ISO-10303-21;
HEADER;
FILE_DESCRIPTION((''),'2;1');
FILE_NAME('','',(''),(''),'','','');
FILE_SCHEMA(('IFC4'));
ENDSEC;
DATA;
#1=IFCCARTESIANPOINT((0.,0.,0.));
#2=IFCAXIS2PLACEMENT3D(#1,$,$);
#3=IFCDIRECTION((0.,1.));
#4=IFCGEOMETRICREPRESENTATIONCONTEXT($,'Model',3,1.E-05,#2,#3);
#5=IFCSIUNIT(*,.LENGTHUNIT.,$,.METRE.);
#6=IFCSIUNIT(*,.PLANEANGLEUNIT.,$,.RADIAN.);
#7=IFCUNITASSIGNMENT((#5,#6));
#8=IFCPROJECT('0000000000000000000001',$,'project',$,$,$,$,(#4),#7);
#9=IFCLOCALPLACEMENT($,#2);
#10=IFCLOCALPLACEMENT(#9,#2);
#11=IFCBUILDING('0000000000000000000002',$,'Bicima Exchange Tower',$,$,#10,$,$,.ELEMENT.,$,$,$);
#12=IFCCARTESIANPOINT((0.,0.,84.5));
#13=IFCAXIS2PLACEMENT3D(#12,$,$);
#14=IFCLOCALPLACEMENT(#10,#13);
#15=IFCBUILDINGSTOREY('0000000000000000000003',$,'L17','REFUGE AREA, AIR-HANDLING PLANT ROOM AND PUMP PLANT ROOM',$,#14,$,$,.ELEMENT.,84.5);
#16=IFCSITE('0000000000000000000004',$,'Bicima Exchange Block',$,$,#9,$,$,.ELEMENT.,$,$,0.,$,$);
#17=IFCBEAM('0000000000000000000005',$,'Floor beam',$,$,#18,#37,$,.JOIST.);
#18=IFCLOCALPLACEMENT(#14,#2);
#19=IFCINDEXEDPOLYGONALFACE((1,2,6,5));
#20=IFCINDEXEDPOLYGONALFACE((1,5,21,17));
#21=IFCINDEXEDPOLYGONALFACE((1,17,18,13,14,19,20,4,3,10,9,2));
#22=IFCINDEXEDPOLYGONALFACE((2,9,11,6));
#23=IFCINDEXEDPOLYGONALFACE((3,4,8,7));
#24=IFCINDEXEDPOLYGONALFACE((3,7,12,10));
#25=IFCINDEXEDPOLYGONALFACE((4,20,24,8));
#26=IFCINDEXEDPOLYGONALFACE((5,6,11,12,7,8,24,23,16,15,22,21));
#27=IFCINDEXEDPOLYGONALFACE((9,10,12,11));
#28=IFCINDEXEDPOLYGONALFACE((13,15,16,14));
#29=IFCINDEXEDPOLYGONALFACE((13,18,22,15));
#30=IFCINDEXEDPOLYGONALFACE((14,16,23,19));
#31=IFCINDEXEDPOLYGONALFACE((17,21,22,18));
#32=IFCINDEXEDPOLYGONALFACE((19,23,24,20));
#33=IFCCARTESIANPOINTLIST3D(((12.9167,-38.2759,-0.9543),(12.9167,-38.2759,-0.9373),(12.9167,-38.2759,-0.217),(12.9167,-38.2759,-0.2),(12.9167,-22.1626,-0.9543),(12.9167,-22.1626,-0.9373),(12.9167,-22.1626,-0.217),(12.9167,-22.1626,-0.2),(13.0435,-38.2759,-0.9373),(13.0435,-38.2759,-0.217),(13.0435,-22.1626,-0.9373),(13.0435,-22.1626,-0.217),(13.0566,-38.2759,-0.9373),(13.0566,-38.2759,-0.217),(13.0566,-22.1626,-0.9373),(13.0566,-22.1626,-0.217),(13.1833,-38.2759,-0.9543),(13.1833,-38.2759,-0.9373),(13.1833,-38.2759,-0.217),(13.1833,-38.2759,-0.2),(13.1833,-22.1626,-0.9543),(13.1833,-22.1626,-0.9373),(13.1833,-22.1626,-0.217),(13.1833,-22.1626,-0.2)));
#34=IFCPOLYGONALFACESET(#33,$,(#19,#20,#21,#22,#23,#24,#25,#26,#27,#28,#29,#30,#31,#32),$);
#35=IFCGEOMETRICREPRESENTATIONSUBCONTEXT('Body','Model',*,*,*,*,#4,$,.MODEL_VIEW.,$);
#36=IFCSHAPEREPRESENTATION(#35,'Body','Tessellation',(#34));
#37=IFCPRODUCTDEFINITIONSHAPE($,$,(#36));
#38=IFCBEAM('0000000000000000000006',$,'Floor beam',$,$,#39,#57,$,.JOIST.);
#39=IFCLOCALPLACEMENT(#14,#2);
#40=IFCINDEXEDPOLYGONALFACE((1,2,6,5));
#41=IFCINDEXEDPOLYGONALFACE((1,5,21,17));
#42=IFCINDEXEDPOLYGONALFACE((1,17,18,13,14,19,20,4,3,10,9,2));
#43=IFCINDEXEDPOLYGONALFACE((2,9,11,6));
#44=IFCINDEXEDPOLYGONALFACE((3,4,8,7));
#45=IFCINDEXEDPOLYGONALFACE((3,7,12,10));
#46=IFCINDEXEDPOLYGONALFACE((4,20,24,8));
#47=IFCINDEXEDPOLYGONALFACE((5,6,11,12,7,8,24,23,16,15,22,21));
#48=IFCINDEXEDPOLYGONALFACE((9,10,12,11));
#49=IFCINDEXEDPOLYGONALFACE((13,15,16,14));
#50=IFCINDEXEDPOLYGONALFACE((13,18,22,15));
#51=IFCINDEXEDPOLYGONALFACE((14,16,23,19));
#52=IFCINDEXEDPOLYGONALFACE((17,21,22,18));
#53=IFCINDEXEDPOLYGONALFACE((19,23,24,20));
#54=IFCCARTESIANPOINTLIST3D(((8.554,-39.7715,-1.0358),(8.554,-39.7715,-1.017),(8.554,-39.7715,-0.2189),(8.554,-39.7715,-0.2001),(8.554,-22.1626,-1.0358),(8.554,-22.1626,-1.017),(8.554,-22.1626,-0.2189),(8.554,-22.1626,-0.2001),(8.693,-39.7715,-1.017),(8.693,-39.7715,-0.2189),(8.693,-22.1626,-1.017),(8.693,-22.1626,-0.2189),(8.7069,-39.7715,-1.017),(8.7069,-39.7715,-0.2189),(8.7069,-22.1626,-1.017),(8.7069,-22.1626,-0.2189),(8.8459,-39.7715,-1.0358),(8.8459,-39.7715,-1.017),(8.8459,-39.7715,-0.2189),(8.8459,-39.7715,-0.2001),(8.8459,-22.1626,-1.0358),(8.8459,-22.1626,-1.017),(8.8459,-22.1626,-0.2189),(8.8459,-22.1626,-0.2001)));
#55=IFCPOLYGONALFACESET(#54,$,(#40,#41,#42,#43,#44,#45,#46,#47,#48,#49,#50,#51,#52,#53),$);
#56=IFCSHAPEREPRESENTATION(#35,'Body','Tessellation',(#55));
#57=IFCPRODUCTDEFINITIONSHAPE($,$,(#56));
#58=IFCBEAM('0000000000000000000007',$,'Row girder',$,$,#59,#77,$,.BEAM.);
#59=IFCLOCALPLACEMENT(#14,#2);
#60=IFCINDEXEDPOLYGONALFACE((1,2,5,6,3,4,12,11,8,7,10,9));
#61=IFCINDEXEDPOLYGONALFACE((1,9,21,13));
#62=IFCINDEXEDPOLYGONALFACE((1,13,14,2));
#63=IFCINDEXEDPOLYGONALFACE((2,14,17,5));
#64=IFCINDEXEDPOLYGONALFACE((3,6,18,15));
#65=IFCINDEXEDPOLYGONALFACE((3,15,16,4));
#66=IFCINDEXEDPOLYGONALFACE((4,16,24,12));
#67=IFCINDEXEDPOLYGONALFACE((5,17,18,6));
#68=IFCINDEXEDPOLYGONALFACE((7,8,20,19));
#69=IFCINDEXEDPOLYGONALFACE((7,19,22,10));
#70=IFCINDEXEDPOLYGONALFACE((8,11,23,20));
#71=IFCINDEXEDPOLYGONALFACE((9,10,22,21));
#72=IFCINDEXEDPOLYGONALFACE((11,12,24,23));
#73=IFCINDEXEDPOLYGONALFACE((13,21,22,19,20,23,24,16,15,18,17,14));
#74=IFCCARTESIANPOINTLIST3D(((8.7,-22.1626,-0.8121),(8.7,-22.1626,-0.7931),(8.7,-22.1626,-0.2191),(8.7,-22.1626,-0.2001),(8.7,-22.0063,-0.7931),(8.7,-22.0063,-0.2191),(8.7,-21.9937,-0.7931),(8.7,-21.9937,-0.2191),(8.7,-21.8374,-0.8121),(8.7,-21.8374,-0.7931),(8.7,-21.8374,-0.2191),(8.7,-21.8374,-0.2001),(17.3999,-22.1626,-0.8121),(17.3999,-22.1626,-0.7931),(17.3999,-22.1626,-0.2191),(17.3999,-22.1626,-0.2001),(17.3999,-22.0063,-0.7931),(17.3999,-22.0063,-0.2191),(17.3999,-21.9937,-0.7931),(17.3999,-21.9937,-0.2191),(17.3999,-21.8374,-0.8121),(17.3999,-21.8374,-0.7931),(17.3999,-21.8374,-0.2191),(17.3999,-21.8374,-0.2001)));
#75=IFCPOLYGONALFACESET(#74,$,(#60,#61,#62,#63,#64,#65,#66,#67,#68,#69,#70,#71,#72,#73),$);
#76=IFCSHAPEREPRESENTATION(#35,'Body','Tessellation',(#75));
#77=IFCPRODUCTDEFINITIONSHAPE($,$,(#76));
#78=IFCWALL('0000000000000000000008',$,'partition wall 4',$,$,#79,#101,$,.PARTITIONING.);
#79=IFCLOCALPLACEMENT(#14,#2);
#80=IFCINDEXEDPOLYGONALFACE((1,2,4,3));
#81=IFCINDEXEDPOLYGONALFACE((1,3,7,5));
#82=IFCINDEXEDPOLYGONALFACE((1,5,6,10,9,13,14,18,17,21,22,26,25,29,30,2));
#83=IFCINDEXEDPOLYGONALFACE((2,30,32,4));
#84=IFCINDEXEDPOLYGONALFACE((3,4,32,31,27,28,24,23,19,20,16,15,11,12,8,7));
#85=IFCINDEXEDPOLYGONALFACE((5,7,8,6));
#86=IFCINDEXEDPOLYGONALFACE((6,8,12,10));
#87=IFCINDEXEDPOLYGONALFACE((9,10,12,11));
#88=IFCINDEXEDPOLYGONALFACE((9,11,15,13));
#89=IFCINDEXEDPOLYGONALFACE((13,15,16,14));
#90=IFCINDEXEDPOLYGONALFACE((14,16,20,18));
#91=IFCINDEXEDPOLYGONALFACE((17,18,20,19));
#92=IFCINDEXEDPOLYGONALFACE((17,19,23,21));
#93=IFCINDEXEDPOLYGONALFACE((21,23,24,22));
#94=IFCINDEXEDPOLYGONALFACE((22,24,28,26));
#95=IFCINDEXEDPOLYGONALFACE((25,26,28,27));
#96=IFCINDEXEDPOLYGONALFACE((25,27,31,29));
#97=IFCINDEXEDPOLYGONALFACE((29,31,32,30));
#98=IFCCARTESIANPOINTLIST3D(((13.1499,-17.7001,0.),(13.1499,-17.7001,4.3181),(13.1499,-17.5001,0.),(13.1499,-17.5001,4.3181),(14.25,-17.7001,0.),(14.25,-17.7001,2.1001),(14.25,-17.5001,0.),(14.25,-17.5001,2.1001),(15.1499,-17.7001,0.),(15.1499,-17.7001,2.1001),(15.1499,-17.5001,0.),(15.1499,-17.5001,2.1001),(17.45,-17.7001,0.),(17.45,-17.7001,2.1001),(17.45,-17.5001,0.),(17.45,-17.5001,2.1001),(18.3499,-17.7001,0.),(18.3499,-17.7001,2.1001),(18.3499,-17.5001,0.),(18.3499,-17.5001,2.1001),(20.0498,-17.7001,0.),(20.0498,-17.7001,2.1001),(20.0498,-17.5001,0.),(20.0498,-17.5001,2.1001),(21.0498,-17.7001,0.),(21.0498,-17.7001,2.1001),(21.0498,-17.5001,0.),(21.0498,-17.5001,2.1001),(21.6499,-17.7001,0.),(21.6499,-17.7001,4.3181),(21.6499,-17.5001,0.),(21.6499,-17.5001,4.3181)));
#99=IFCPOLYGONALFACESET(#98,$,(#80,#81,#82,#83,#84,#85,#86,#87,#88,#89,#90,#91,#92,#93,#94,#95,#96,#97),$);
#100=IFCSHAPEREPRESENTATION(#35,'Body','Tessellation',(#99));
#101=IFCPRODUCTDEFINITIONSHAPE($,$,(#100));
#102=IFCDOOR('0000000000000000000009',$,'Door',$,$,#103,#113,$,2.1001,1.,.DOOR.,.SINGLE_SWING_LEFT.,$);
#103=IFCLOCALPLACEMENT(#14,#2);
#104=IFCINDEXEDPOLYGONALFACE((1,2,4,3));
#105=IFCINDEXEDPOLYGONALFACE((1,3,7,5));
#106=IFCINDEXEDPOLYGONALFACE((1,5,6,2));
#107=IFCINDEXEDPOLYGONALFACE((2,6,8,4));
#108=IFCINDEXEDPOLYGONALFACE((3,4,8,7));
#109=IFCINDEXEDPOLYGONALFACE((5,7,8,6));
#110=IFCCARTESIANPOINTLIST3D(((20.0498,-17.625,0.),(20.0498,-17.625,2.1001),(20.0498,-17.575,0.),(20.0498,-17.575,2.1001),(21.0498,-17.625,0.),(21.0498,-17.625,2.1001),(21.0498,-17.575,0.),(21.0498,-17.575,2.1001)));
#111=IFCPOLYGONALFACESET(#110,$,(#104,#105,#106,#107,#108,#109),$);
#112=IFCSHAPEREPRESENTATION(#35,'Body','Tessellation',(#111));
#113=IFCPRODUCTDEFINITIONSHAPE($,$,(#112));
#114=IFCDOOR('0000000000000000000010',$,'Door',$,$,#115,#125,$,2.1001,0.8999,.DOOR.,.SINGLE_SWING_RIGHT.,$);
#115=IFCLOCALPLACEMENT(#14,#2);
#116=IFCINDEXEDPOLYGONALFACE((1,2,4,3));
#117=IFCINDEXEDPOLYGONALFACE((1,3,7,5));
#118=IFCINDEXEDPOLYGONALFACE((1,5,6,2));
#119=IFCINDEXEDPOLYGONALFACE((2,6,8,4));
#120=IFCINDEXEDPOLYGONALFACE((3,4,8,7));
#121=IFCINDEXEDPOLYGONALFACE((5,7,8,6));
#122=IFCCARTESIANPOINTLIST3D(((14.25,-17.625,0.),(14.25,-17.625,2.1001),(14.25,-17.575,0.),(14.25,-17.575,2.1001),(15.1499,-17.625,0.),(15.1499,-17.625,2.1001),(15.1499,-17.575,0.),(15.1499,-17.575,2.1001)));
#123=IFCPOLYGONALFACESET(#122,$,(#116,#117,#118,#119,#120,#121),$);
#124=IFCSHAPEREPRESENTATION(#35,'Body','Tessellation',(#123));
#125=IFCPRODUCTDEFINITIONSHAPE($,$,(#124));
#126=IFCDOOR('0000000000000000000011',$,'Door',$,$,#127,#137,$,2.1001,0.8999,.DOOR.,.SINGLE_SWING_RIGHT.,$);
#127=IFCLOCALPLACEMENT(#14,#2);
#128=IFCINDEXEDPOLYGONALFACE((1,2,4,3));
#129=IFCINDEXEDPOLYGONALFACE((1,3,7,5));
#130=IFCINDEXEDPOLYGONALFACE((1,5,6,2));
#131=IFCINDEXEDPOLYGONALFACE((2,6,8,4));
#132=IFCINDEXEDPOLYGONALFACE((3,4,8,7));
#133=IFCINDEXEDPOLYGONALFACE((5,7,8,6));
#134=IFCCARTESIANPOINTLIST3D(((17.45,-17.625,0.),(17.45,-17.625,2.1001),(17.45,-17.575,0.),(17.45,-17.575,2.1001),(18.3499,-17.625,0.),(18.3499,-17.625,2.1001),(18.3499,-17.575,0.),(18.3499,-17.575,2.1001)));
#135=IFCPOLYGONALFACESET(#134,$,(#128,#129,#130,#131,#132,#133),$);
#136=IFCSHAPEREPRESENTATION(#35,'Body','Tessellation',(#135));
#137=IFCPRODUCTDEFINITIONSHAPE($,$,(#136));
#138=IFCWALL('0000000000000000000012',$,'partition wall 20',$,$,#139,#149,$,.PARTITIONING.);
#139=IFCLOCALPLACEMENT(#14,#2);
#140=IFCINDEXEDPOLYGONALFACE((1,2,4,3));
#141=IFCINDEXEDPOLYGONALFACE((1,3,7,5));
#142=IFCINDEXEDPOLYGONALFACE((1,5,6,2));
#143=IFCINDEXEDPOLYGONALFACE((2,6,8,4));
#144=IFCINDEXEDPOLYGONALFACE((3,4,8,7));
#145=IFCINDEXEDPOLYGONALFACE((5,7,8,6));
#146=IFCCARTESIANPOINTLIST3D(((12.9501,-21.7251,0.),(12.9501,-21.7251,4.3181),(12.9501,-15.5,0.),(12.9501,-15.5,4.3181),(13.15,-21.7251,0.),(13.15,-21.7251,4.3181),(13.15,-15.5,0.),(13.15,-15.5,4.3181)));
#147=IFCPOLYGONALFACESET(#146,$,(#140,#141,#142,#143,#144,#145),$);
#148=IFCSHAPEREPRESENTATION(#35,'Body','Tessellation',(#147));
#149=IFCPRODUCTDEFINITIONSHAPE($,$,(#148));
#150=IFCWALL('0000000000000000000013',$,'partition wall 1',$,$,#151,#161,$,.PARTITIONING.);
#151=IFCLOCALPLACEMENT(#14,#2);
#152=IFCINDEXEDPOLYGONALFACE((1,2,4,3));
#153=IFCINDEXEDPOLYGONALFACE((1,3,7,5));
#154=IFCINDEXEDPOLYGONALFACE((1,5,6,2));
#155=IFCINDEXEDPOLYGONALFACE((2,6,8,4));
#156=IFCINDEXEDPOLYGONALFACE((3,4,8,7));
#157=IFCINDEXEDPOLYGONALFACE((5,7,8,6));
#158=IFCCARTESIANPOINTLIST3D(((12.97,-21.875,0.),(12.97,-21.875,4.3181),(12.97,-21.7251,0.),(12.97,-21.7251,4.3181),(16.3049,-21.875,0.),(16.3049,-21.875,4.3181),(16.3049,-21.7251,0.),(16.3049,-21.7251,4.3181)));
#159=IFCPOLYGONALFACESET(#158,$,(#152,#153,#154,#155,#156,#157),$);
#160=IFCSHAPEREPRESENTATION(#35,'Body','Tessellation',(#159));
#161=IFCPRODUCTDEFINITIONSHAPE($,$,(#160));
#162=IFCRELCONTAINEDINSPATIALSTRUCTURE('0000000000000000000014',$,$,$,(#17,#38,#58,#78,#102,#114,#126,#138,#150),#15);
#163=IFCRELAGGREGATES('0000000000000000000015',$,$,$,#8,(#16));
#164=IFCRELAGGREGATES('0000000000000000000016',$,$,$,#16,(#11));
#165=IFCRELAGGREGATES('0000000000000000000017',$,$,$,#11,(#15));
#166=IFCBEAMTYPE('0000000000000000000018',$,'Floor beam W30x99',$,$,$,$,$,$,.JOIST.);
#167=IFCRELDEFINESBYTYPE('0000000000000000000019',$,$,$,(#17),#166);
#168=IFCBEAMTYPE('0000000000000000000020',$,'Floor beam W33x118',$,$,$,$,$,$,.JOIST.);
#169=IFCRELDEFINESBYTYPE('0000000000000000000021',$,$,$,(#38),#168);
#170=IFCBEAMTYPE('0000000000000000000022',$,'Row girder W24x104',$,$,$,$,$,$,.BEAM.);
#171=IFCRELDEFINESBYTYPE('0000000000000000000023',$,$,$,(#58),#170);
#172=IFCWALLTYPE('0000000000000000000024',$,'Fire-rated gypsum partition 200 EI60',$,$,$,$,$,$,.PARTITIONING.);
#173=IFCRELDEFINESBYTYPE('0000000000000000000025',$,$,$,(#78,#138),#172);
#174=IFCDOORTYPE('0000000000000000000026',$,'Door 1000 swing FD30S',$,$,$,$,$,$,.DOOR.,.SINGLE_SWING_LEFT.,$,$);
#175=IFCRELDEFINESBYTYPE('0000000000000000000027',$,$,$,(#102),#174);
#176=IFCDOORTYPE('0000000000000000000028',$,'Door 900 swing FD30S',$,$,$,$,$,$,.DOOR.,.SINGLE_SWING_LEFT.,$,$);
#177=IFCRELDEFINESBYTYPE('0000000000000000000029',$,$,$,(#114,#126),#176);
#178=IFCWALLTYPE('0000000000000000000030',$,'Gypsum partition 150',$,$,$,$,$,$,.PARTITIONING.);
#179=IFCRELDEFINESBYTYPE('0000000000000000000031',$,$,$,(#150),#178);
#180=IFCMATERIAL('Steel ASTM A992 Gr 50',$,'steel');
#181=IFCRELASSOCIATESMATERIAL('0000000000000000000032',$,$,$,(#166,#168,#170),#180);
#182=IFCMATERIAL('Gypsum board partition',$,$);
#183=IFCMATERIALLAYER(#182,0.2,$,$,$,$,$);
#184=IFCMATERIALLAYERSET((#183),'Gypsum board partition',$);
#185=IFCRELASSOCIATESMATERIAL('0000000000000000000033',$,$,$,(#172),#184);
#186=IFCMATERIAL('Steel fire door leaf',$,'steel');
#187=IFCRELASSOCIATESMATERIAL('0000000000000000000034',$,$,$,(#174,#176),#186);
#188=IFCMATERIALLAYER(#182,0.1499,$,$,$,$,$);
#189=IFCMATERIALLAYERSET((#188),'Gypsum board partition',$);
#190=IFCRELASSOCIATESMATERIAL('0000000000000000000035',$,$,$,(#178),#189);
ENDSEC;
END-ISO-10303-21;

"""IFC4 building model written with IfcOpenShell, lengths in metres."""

from ifc_helpers import new_model, si_unit, direction, frame, frame_2d, origin, origin_2d, place, context, subcontext, project, spatial, rectangle, i_section, extrude, material, layer, layer_set, material_profile, profile_set, type_object, element, fill, save


model = new_model("IFC4")

# Units and contexts
model_context = context("Model", 3, precision=1e-05, world=origin(), true_north=direction((0.0, 1.0)))
body_context = subcontext(model_context, "Body", "Model", "MODEL_VIEW")
ifc_project = project(units=[si_unit("LENGTHUNIT", "METRE"), si_unit("PLANEANGLEUNIT", "RADIAN")], contexts=[model_context])

# Site, building, storey
site_placement = place(None, origin())
site = spatial("IfcSite", under=ifc_project, at=site_placement, Name="Bicima Exchange Block", CompositionType="ELEMENT", RefElevation=0.0)
building_placement = place(site_placement, origin())
building = spatial("IfcBuilding", under=site, at=building_placement, Name="Bicima Exchange Tower", CompositionType="ELEMENT")
storey_placement = place(building_placement, frame((0.0, 0.0, 84.5)))
storey = spatial("IfcBuildingStorey", under=building, at=storey_placement, Name="L17", Description="REFUGE AREA, AIR-HANDLING PLANT ROOM AND PUMP PLANT ROOM", CompositionType="ELEMENT", Elevation=84.5)

# Shared definitions
ifc_material_1 = material(Name="Steel ASTM A992 Gr 50", Category="steel")

# Beams
ifc_material_profile_1 = material_profile(ifc_material_1, i_section(OverallWidth=0.2666, OverallDepth=0.7544, WebThickness=0.0132, FlangeThickness=0.0171, at=origin_2d()))
ifc_profile_set_1 = profile_set([ifc_material_profile_1], Name="Steel ASTM A992 Gr 50")
beam_type_1 = type_object("IfcBeamType", Name="Floor beam W30x99", PredefinedType="JOIST", material=ifc_profile_set_1)
for number, where, z_axis, x_axis, name in (
    (1, (13.05, -22.1626, -0.5771), (0.0, -1.0, 0.0), (1.0, 0.0, 0.0), "Floor beam"),
):
    element("IfcBeam", number, at=place(storey_placement, frame(where, z_axis=z_axis, x_axis=x_axis)), inside=storey, type_object=beam_type_1, Name=name, PredefinedType="JOIST", context=body_context, shape_type="SweptSolid", body=[
        extrude(i_section(OverallWidth=0.2666, OverallDepth=0.7544, WebThickness=0.0132, FlangeThickness=0.0171, at=origin_2d()), origin(), (0.0, 0.0, 1.0), 16.1133),
    ])
ifc_material_profile_2 = material_profile(ifc_material_1, i_section(OverallWidth=0.292, OverallDepth=0.8357, WebThickness=0.0139, FlangeThickness=0.0188, at=origin_2d()))
ifc_profile_set_2 = profile_set([ifc_material_profile_2], Name="Steel ASTM A992 Gr 50")
beam_type_2 = type_object("IfcBeamType", Name="Floor beam W33x118", PredefinedType="JOIST", material=ifc_profile_set_2)
beam_1_placement = place(storey_placement, frame((8.7, -22.1626, -0.6179), z_axis=(0.0, -1.0, 0.0), x_axis=(1.0, 0.0, 0.0)))
element("IfcBeam", 2, at=beam_1_placement, inside=storey, type_object=beam_type_2, Name="Floor beam", PredefinedType="JOIST", context=body_context, shape_type="SweptSolid", body=[
    extrude(i_section(OverallWidth=0.292, OverallDepth=0.8357, WebThickness=0.0139, FlangeThickness=0.0188, at=origin_2d()), origin(), (0.0, 0.0, 1.0), 17.6089),
])
ifc_material_profile_3 = material_profile(ifc_material_1, i_section(OverallWidth=0.3252, OverallDepth=0.6121, WebThickness=0.0127, FlangeThickness=0.019, at=origin_2d()))
ifc_profile_set_3 = profile_set([ifc_material_profile_3], Name="Steel ASTM A992 Gr 50")
beam_type_3 = type_object("IfcBeamType", Name="Row girder W24x104", PredefinedType="BEAM", material=ifc_profile_set_3)
beam_2_placement = place(storey_placement, frame((8.7, -22.0, -0.5061), z_axis=(1.0, 0.0, 0.0), x_axis=(0.0, 1.0, 0.0)))
element("IfcBeam", 3, at=beam_2_placement, inside=storey, type_object=beam_type_3, Name="Row girder", PredefinedType="BEAM", context=body_context, shape_type="SweptSolid", body=[
    extrude(i_section(OverallWidth=0.3252, OverallDepth=0.6121, WebThickness=0.0127, FlangeThickness=0.019, at=origin_2d()), origin(), (0.0, 0.0, 1.0), 8.7),
])

# Wall, openings, doors
ifc_material_2 = material(Name="Gypsum board partition")
ifc_layer_1 = layer(ifc_material_2, 0.2)
ifc_layer_set_1 = layer_set([ifc_layer_1], Name="Gypsum board partition")
wall_type_1 = type_object("IfcWallType", Name="Fire-rated gypsum partition 200 EI60", PredefinedType="PARTITIONING", material=ifc_layer_set_1)
wall_1_placement = place(storey_placement, frame((13.1499, -17.6001, 0.0), z_axis=(0.0, 0.0, 1.0), x_axis=(1.0, 0.0, 0.0)))
wall_1 = element("IfcWall", 4, at=wall_1_placement, inside=storey, type_object=wall_type_1, Name="partition wall 4", PredefinedType="PARTITIONING", context=body_context, shape_type="SweptSolid", body=[
    extrude(rectangle(XDim=8.5, YDim=0.2, at=frame_2d((4.25, 0.0))), origin(), (0.0, 0.0, 1.0), 4.3181),
])
opening_1_placement = place(wall_1_placement, frame((1.1001, 0.0, 0.0)))
opening_1 = element("IfcOpeningElement", 5, at=opening_1_placement, cuts=wall_1, PredefinedType="OPENING", context=body_context, shape_type="SweptSolid", body=[
    extrude(rectangle(XDim=0.8999, YDim=2.1001, at=frame_2d((0.45, 1.05))), frame((0.0, 0.1118, 0.0), z_axis=(0.0, -1.0, 0.0), x_axis=(1.0, 0.0, 0.0)), (0.0, 0.0, 1.0), 0.2239),
])
opening_2_placement = place(wall_1_placement, frame((4.3, 0.0, 0.0)))
opening_2 = element("IfcOpeningElement", 6, at=opening_2_placement, cuts=wall_1, PredefinedType="OPENING", context=body_context, shape_type="SweptSolid", body=[
    extrude(rectangle(XDim=0.8999, YDim=2.1001, at=frame_2d((0.45, 1.05))), frame((0.0, 0.1118, 0.0), z_axis=(0.0, -1.0, 0.0), x_axis=(1.0, 0.0, 0.0)), (0.0, 0.0, 1.0), 0.2239),
])
opening_3_placement = place(wall_1_placement, frame((6.8999, 0.0, 0.0)))
opening_3 = element("IfcOpeningElement", 7, at=opening_3_placement, cuts=wall_1, PredefinedType="OPENING", context=body_context, shape_type="SweptSolid", body=[
    extrude(rectangle(XDim=1.0, YDim=2.1001, at=frame_2d((0.5, 1.05))), frame((0.0, 0.1118, 0.0), z_axis=(0.0, -1.0, 0.0), x_axis=(1.0, 0.0, 0.0)), (0.0, 0.0, 1.0), 0.2239),
])
ifc_material_3 = material(Name="Steel fire door leaf", Category="steel")
door_type_1 = type_object("IfcDoorType", Name="Door 1000 swing FD30S", OperationType="SINGLE_SWING_LEFT", PredefinedType="DOOR", material=ifc_material_3)
door_1_placement = place(opening_3_placement, frame((1.0, 0.0, 0.0), z_axis=(0.0, 0.0, 1.0), x_axis=(-1.0, 0.0, 0.0)))
door_1 = element("IfcDoor", 8, at=door_1_placement, inside=storey, type_object=door_type_1, Name="Door", OperationType="SINGLE_SWING_LEFT", OverallHeight=2.1001, OverallWidth=1.0, PredefinedType="DOOR", context=body_context, shape_type="SweptSolid", body=[
    extrude(rectangle(XDim=1.0, YDim=2.1001, at=frame_2d((0.5, 1.05))), frame((0.0, 0.0249, 0.0), z_axis=(0.0, -1.0, 0.0), x_axis=(1.0, 0.0, 0.0)), (0.0, 0.0, 1.0), 0.05),
])
fill(opening_3, door_1)
door_type_2 = type_object("IfcDoorType", Name="Door 900 swing FD30S", OperationType="SINGLE_SWING_LEFT", PredefinedType="DOOR", material=ifc_material_3)
door_2_placement = place(opening_1_placement, frame((0.8999, 0.0, 0.0), z_axis=(0.0, 0.0, 1.0), x_axis=(-1.0, 0.0, 0.0)))
door_2 = element("IfcDoor", 9, at=door_2_placement, inside=storey, type_object=door_type_2, Name="Door", OperationType="SINGLE_SWING_RIGHT", OverallHeight=2.1001, OverallWidth=0.8999, PredefinedType="DOOR", context=body_context, shape_type="SweptSolid", body=[
    extrude(rectangle(XDim=0.8999, YDim=2.1001, at=frame_2d((0.45, 1.05))), frame((0.0, 0.0249, 0.0), z_axis=(0.0, -1.0, 0.0), x_axis=(1.0, 0.0, 0.0)), (0.0, 0.0, 1.0), 0.05),
])
fill(opening_1, door_2)
door_3_placement = place(opening_2_placement, frame((0.8999, 0.0, 0.0), z_axis=(0.0, 0.0, 1.0), x_axis=(-1.0, 0.0, 0.0)))
door_3 = element("IfcDoor", 10, at=door_3_placement, inside=storey, type_object=door_type_2, Name="Door", OperationType="SINGLE_SWING_RIGHT", OverallHeight=2.1001, OverallWidth=0.8999, PredefinedType="DOOR", context=body_context, shape_type="SweptSolid", body=[
    extrude(rectangle(XDim=0.8999, YDim=2.1001, at=frame_2d((0.45, 1.05))), frame((0.0, 0.0249, 0.0), z_axis=(0.0, -1.0, 0.0), x_axis=(1.0, 0.0, 0.0)), (0.0, 0.0, 1.0), 0.05),
])
fill(opening_2, door_3)

# Walls
wall_2_placement = place(storey_placement, frame((13.05, -21.7251, 0.0), z_axis=(0.0, 0.0, 1.0), x_axis=(0.0, 1.0, 0.0)))
element("IfcWall", 11, at=wall_2_placement, inside=storey, type_object=wall_type_1, Name="partition wall 20", PredefinedType="PARTITIONING", context=body_context, shape_type="SweptSolid", body=[
    extrude(rectangle(XDim=6.2251, YDim=0.2, at=frame_2d((3.1125, 0.0))), origin(), (0.0, 0.0, 1.0), 4.3181),
])
ifc_layer_2 = layer(ifc_material_2, 0.1499)
ifc_layer_set_2 = layer_set([ifc_layer_2], Name="Gypsum board partition")
wall_type_2 = type_object("IfcWallType", Name="Gypsum partition 150", PredefinedType="PARTITIONING", material=ifc_layer_set_2)
wall_3_placement = place(storey_placement, frame((12.97, -21.8, 0.0), z_axis=(0.0, 0.0, 1.0), x_axis=(1.0, 0.0, 0.0)))
element("IfcWall", 12, at=wall_3_placement, inside=storey, type_object=wall_type_2, Name="partition wall 1", PredefinedType="PARTITIONING", context=body_context, shape_type="SweptSolid", body=[
    extrude(rectangle(XDim=3.335, YDim=0.1499, at=frame_2d((1.6675, 0.0))), origin(), (0.0, 0.0, 1.0), 4.3181),
])

save(model, "model.ifc")
